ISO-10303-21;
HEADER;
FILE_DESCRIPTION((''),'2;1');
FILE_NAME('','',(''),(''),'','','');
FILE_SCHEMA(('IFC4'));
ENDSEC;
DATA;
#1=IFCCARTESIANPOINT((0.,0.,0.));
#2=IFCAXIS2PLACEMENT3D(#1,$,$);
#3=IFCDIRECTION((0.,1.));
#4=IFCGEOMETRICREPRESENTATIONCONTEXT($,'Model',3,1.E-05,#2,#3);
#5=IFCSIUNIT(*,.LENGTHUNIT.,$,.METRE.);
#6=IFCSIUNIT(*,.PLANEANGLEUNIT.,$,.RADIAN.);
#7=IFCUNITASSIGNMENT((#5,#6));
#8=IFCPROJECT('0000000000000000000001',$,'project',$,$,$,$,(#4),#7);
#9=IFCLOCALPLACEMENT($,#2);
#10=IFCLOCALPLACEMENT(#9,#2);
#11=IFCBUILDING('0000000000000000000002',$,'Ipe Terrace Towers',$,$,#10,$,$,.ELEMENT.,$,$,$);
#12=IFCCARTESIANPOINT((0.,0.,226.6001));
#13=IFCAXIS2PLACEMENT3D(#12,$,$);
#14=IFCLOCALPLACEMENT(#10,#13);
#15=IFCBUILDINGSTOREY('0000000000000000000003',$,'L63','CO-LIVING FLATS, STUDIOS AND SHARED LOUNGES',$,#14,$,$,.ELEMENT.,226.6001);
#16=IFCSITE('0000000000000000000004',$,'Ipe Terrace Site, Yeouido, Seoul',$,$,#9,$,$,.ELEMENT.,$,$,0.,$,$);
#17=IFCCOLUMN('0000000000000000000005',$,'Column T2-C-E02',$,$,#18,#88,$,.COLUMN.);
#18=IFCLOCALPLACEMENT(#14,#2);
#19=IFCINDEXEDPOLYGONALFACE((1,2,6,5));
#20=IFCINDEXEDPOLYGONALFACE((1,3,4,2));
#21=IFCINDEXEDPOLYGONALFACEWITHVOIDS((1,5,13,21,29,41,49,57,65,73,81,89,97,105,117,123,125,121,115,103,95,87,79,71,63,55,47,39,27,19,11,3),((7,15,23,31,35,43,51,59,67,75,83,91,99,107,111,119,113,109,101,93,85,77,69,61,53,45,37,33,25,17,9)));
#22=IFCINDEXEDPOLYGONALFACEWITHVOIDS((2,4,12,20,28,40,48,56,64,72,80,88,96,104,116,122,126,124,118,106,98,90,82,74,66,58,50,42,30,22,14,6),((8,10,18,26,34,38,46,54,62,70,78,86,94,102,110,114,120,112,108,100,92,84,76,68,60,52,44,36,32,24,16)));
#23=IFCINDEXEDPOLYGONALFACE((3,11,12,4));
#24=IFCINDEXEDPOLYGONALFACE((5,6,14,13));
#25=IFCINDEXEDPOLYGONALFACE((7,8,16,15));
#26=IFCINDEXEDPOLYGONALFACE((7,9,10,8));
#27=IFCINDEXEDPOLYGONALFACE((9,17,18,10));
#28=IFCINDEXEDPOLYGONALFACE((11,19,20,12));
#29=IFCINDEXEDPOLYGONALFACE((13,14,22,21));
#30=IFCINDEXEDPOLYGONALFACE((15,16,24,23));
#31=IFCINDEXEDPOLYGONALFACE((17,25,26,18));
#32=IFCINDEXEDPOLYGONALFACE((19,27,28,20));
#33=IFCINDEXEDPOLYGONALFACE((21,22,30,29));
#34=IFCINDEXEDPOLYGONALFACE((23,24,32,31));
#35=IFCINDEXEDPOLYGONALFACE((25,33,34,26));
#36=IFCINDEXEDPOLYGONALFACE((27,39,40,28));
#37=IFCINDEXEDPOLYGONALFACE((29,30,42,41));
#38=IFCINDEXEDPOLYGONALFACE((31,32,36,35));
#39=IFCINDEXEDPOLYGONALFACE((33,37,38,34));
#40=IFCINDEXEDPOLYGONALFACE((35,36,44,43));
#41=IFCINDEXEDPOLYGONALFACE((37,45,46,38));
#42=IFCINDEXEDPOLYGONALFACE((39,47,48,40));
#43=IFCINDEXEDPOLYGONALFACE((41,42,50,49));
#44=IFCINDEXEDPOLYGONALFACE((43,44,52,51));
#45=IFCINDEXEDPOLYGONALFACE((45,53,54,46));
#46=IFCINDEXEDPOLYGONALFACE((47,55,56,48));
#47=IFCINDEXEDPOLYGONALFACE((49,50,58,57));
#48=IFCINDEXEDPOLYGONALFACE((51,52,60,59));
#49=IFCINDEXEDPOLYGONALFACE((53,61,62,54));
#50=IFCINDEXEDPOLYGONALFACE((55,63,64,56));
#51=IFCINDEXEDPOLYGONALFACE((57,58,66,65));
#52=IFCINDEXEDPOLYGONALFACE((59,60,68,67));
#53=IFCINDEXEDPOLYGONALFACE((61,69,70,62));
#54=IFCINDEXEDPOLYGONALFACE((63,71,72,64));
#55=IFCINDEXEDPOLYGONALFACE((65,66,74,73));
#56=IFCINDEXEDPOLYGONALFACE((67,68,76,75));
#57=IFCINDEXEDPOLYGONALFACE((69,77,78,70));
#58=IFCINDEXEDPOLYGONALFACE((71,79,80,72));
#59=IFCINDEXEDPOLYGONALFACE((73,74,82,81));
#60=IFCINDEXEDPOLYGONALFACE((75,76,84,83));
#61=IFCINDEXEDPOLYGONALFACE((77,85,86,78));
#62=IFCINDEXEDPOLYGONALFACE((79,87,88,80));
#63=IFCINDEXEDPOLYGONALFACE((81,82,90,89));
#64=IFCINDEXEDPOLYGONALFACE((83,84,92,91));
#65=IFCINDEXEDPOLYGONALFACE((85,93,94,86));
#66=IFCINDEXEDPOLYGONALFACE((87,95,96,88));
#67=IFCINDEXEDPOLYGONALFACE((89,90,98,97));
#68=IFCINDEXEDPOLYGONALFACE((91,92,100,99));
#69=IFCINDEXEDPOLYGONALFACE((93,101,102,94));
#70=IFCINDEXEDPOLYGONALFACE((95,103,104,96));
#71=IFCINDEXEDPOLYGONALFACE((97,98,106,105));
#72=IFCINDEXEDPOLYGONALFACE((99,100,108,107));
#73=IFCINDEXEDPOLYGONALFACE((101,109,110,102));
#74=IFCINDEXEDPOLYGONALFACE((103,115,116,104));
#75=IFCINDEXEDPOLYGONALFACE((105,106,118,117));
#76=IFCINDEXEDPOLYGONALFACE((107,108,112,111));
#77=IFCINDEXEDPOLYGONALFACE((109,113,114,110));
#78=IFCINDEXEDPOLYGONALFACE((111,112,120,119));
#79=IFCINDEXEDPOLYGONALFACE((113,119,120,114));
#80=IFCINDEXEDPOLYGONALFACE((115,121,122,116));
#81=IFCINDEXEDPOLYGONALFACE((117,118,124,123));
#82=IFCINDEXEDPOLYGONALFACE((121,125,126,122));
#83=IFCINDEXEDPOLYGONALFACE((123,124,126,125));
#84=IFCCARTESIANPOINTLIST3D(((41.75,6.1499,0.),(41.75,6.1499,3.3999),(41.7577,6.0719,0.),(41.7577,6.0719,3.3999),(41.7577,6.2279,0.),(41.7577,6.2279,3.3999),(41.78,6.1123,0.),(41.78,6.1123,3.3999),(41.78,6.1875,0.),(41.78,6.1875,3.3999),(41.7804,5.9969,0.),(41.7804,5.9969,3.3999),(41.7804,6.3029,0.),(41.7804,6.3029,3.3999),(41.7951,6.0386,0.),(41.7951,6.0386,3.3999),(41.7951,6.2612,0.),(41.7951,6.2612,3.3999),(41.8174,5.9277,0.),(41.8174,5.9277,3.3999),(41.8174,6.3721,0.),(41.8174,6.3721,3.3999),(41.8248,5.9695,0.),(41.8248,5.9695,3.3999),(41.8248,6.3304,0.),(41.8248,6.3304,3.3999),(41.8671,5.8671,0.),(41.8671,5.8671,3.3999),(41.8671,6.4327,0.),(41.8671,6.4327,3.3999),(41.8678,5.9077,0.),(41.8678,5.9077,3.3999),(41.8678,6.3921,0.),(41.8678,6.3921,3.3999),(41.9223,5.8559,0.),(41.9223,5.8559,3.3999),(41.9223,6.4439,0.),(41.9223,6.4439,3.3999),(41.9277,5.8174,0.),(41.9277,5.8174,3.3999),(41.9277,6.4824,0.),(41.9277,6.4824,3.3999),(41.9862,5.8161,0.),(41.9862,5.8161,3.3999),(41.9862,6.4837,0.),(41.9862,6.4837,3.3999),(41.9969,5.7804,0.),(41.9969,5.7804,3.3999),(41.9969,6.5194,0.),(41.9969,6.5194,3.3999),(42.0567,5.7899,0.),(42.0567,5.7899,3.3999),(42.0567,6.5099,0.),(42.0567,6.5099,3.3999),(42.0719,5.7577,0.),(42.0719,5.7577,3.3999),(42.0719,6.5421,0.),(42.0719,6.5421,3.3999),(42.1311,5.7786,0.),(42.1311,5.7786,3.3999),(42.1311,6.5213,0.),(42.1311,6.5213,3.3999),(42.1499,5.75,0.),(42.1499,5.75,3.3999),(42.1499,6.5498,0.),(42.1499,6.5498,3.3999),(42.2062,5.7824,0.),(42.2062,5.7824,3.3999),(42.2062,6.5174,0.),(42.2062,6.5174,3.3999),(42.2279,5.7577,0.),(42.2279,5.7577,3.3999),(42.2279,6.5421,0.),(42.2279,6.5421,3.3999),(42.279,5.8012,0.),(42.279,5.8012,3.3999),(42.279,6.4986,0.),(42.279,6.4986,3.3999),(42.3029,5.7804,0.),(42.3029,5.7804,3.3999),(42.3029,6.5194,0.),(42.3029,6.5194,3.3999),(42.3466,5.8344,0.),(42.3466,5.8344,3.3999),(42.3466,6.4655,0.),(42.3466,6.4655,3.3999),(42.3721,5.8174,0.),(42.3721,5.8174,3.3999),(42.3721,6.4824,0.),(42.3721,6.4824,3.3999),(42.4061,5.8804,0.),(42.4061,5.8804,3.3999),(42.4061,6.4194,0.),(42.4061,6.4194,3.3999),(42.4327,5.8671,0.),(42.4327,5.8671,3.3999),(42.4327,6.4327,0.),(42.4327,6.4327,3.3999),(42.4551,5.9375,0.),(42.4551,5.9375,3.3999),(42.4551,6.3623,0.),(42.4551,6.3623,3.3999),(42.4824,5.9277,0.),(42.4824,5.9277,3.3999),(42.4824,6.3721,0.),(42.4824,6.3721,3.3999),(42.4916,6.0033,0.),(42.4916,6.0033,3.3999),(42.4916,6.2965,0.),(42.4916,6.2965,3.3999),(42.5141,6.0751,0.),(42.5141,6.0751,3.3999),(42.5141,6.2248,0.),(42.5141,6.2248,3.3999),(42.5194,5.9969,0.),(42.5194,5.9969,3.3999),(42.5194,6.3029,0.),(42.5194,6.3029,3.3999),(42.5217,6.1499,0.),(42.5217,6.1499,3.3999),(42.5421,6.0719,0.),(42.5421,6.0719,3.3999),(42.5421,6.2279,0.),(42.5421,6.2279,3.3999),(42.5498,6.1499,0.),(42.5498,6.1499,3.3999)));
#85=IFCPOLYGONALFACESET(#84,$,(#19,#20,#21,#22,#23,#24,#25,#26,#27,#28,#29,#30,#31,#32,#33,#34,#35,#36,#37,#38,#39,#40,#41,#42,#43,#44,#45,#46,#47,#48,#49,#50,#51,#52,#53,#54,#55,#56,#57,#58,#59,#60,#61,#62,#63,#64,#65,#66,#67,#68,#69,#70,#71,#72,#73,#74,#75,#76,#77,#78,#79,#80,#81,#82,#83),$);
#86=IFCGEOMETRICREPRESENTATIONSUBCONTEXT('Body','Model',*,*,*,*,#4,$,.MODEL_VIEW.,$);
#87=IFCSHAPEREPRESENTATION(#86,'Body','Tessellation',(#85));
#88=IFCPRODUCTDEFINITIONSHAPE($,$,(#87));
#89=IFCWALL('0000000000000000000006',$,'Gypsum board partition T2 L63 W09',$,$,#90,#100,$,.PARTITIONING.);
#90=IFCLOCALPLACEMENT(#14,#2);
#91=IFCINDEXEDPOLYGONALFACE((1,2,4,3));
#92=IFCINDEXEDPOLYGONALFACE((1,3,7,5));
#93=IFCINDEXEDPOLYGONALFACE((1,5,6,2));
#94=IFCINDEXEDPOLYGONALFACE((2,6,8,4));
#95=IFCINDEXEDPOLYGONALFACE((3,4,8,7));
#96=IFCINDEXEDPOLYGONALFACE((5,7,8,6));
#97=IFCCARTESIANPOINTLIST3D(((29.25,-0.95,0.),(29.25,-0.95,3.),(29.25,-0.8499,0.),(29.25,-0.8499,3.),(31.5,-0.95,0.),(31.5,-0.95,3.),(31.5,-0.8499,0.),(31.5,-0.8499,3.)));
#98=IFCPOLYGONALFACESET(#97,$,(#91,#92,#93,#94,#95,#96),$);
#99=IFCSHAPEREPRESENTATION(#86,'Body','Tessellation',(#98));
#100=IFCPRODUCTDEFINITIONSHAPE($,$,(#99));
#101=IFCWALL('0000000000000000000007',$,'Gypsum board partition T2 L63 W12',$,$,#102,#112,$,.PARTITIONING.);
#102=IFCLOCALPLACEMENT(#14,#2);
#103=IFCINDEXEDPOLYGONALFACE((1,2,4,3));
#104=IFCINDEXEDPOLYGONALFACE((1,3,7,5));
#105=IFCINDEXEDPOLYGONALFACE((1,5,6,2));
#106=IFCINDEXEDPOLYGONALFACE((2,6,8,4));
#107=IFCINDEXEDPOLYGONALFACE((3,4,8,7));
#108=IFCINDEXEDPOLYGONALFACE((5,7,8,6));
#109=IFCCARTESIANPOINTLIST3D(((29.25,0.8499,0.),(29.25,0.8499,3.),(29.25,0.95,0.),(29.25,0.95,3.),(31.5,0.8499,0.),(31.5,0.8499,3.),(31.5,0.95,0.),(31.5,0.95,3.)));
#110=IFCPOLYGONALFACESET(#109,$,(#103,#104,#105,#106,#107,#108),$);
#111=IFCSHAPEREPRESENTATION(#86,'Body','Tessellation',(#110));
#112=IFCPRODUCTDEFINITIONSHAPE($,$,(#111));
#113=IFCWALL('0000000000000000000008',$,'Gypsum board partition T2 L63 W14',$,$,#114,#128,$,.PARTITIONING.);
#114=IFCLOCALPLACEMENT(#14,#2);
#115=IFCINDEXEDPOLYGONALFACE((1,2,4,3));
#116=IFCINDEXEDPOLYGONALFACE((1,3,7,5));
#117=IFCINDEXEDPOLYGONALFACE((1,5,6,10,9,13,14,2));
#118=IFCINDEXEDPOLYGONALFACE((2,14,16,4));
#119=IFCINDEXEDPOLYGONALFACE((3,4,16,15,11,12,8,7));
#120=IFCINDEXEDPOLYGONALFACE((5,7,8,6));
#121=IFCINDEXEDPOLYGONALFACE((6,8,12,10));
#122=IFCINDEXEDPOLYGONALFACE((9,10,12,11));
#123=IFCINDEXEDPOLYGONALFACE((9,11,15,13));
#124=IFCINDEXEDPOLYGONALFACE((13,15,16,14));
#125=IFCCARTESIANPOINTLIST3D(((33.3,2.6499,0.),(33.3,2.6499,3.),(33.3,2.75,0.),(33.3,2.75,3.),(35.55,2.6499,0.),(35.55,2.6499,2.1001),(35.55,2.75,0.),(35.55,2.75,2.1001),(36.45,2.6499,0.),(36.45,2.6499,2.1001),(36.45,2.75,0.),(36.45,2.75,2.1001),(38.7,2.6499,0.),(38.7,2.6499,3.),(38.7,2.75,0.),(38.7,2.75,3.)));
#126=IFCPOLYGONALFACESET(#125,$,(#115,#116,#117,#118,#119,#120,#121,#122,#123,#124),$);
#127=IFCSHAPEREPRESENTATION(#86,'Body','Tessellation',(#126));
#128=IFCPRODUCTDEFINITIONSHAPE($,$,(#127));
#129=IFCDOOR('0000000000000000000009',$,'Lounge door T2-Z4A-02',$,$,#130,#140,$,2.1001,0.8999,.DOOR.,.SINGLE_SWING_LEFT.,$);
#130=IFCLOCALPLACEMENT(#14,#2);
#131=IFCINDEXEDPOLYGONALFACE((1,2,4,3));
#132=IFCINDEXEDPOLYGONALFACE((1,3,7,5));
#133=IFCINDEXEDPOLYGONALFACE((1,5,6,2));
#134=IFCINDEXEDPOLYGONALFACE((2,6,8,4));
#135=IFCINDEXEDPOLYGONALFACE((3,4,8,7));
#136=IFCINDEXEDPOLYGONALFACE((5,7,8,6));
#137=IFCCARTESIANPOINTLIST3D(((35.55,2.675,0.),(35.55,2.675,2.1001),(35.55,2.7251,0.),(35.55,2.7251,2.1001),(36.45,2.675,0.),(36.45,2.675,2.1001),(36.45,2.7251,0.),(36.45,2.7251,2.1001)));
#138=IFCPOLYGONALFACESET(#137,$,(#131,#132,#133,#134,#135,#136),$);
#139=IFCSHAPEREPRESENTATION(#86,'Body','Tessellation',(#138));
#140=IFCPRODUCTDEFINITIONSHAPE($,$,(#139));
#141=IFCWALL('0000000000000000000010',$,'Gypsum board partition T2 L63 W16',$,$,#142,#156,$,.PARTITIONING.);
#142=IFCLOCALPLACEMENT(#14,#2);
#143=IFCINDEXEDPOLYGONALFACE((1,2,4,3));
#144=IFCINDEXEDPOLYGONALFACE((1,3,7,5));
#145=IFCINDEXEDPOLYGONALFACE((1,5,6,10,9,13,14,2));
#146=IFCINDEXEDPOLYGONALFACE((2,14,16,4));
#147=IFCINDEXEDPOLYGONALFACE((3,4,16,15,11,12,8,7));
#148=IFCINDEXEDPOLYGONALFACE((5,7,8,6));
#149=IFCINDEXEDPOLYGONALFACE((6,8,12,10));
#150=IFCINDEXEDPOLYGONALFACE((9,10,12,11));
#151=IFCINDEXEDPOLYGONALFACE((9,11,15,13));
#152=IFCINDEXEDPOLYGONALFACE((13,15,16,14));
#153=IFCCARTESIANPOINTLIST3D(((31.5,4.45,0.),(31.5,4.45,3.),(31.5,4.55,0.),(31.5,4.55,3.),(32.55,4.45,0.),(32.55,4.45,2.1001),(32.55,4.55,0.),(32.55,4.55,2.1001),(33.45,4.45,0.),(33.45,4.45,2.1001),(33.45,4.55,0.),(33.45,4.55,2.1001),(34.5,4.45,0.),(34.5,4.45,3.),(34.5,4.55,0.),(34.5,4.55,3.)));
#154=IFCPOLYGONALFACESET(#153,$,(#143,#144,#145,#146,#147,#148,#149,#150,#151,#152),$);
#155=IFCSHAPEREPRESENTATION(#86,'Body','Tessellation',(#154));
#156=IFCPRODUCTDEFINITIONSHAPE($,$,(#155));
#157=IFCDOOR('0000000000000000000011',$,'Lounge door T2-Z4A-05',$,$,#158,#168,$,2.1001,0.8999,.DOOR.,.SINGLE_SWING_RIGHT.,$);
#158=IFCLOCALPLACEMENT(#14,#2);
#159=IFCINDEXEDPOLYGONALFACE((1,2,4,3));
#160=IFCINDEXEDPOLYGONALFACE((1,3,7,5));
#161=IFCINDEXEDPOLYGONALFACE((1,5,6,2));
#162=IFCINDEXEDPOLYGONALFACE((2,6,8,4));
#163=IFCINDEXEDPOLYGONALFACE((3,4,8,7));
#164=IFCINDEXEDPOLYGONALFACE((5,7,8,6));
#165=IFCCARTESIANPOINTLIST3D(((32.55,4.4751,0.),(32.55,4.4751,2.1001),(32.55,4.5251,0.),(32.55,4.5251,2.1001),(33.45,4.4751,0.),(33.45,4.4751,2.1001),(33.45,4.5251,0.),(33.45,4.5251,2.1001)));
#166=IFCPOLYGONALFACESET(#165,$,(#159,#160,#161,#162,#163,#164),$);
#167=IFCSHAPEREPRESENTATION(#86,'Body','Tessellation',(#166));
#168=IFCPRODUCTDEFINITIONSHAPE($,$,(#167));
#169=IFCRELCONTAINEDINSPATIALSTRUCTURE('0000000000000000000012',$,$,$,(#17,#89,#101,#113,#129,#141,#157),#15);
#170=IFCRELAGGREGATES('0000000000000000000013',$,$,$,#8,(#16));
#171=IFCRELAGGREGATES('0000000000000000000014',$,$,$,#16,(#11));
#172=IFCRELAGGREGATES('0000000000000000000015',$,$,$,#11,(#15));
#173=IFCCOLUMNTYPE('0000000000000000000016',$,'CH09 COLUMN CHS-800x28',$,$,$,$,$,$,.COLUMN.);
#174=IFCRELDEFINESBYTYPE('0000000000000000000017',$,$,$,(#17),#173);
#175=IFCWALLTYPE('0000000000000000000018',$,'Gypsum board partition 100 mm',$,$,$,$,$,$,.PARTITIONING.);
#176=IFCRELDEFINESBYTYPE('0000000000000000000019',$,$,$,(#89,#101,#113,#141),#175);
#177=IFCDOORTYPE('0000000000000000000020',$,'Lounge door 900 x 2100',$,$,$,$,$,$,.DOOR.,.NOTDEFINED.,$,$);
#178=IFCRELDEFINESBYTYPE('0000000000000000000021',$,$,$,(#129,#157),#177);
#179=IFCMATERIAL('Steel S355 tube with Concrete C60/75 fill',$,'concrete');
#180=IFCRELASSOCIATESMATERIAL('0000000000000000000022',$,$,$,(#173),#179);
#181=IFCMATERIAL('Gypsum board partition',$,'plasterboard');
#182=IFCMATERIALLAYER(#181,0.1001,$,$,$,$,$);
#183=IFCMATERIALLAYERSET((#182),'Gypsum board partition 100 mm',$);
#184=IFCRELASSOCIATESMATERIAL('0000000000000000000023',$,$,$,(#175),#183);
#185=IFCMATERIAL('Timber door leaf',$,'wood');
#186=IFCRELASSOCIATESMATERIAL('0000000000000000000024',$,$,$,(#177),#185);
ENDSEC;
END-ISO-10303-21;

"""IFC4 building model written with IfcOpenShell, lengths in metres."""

from ifc_helpers import new_model, si_unit, direction, frame, frame_2d, origin, origin_2d, place, context, subcontext, project, spatial, rectangle, hollow_circle, extrude, material, layer, layer_set, material_profile, profile_set, type_object, element, fill, save


model = new_model("IFC4")

# Units and contexts
model_context = context("Model", 3, precision=1e-05, world=origin(), true_north=direction((0.0, 1.0)))
body_context = subcontext(model_context, "Body", "Model", "MODEL_VIEW")
ifc_project = project(units=[si_unit("LENGTHUNIT", "METRE"), si_unit("PLANEANGLEUNIT", "RADIAN")], contexts=[model_context])

# Site, building, storey
site_placement = place(None, origin())
site = spatial("IfcSite", under=ifc_project, at=site_placement, Name="Ipe Terrace Site, Yeouido, Seoul", CompositionType="ELEMENT", RefElevation=0.0)
building_placement = place(site_placement, origin())
building = spatial("IfcBuilding", under=site, at=building_placement, Name="Ipe Terrace Towers", CompositionType="ELEMENT")
storey_placement = place(building_placement, frame((0.0, 0.0, 226.6001)))
storey = spatial("IfcBuildingStorey", under=building, at=storey_placement, Name="L63", Description="CO-LIVING FLATS, STUDIOS AND SHARED LOUNGES", CompositionType="ELEMENT", Elevation=226.6001)

# Column
ifc_material_1 = material(Name="Steel S355 tube with Concrete C60/75 fill", Category="concrete")
ifc_material_profile = material_profile(ifc_material_1, hollow_circle(Radius=0.3999, WallThickness=0.0281, at=origin_2d()), Name="CHS-800x28")
ifc_profile_set = profile_set([ifc_material_profile], Name="Steel S355 tube with Concrete C60/75 fill")
column_type = type_object("IfcColumnType", Name="CH09 COLUMN CHS-800x28", PredefinedType="COLUMN", material=ifc_profile_set)
column_placement = place(storey_placement, frame((42.1499, 6.1499, 0.0), z_axis=(0.0, 0.0, 1.0), x_axis=(1.0, 0.0, 0.0)))
element("IfcColumn", 1, at=column_placement, inside=storey, type_object=column_type, Name="Column T2-C-E02", PredefinedType="COLUMN", context=body_context, shape_type="SweptSolid", body=[
    extrude(hollow_circle(Radius=0.3999, WallThickness=0.0281, at=origin_2d()), origin(), (0.0, 0.0, 1.0), 3.3999),
])

# Walls
ifc_material_2 = material(Name="Gypsum board partition", Category="plasterboard")
ifc_layer_1 = layer(ifc_material_2, 0.1001)
ifc_layer_set_1 = layer_set([ifc_layer_1], Name="Gypsum board partition 100 mm")
wall_type_1 = type_object("IfcWallType", Name="Gypsum board partition 100 mm", PredefinedType="PARTITIONING", material=ifc_layer_set_1)
for number, where, z_axis, x_axis, name in (
    (2, (31.5, -0.8999, 0.0), (0.0, 0.0, 1.0), (-1.0, 0.0, 0.0), "Gypsum board partition T2 L63 W09"),
    (3, (31.5, 0.8999, 0.0), (0.0, 0.0, 1.0), (-1.0, 0.0, 0.0), "Gypsum board partition T2 L63 W12"),
):
    element("IfcWall", number, at=place(storey_placement, frame(where, z_axis=z_axis, x_axis=x_axis)), inside=storey, type_object=wall_type_1, Name=name, PredefinedType="PARTITIONING", context=body_context, shape_type="SweptSolid", body=[
        extrude(rectangle(XDim=2.25, YDim=0.1001, at=frame_2d((1.125, 0.0))), origin(), (0.0, 0.0, 1.0), 3.0),
    ])

# Walls, openings, doors
wall_1_placement = place(storey_placement, frame((38.7, 2.7, 0.0), z_axis=(0.0, 0.0, 1.0), x_axis=(-1.0, 0.0, 0.0)))
wall_1 = element("IfcWall", 4, at=wall_1_placement, inside=storey, type_object=wall_type_1, Name="Gypsum board partition T2 L63 W14", PredefinedType="PARTITIONING", context=body_context, shape_type="SweptSolid", body=[
    extrude(rectangle(XDim=5.3999, YDim=0.1001, at=frame_2d((2.7, 0.0))), origin(), (0.0, 0.0, 1.0), 3.0),
])
opening_1_placement = place(wall_1_placement, frame((2.25, 0.0, 0.0)))
opening_1 = element("IfcOpeningElement", 5, at=opening_1_placement, cuts=wall_1, PredefinedType="OPENING", context=body_context, shape_type="SweptSolid", body=[
    extrude(rectangle(XDim=0.8999, YDim=2.1001, at=frame_2d((0.45, 1.05))), frame((0.0, 0.0601, 0.0), z_axis=(0.0, -1.0, 0.0), x_axis=(1.0, 0.0, 0.0)), (0.0, 0.0, 1.0), 0.1201),
])
ifc_material_3 = material(Name="Timber door leaf", Category="wood")
door_type_1 = type_object("IfcDoorType", Name="Lounge door 900 x 2100", OperationType="NOTDEFINED", PredefinedType="DOOR", material=ifc_material_3)
door_1_placement = place(opening_1_placement, origin())
door_1 = element("IfcDoor", 6, at=door_1_placement, inside=storey, type_object=door_type_1, Name="Lounge door T2-Z4A-02", OperationType="SINGLE_SWING_LEFT", OverallHeight=2.1001, OverallWidth=0.8999, PredefinedType="DOOR", context=body_context, shape_type="SweptSolid", body=[
    extrude(rectangle(XDim=0.8999, YDim=2.1001, at=frame_2d((0.45, 1.05))), frame((0.0, 0.0249, 0.0), z_axis=(0.0, -1.0, 0.0), x_axis=(1.0, 0.0, 0.0)), (0.0, 0.0, 1.0), 0.05),
])
fill(opening_1, door_1)
wall_2_placement = place(storey_placement, frame((34.5, 4.5, 0.0), z_axis=(0.0, 0.0, 1.0), x_axis=(-1.0, 0.0, 0.0)))
wall_2 = element("IfcWall", 7, at=wall_2_placement, inside=storey, type_object=wall_type_1, Name="Gypsum board partition T2 L63 W16", PredefinedType="PARTITIONING", context=body_context, shape_type="SweptSolid", body=[
    extrude(rectangle(XDim=3.0, YDim=0.1001, at=frame_2d((1.5, 0.0))), origin(), (0.0, 0.0, 1.0), 3.0),
])
opening_2_placement = place(wall_2_placement, frame((1.05, 0.0, 0.0)))
opening_2 = element("IfcOpeningElement", 8, at=opening_2_placement, cuts=wall_2, PredefinedType="OPENING", context=body_context, shape_type="SweptSolid", body=[
    extrude(rectangle(XDim=0.8999, YDim=2.1001, at=frame_2d((0.45, 1.05))), frame((0.0, 0.0601, 0.0), z_axis=(0.0, -1.0, 0.0), x_axis=(1.0, 0.0, 0.0)), (0.0, 0.0, 1.0), 0.1201),
])
door_2_placement = place(opening_2_placement, origin())
door_2 = element("IfcDoor", 9, at=door_2_placement, inside=storey, type_object=door_type_1, Name="Lounge door T2-Z4A-05", OperationType="SINGLE_SWING_RIGHT", OverallHeight=2.1001, OverallWidth=0.8999, PredefinedType="DOOR", context=body_context, shape_type="SweptSolid", body=[
    extrude(rectangle(XDim=0.8999, YDim=2.1001, at=frame_2d((0.45, 1.05))), frame((0.0, 0.0249, 0.0), z_axis=(0.0, -1.0, 0.0), x_axis=(1.0, 0.0, 0.0)), (0.0, 0.0, 1.0), 0.05),
])
fill(opening_2, door_2)

save(model, "model.ifc")
